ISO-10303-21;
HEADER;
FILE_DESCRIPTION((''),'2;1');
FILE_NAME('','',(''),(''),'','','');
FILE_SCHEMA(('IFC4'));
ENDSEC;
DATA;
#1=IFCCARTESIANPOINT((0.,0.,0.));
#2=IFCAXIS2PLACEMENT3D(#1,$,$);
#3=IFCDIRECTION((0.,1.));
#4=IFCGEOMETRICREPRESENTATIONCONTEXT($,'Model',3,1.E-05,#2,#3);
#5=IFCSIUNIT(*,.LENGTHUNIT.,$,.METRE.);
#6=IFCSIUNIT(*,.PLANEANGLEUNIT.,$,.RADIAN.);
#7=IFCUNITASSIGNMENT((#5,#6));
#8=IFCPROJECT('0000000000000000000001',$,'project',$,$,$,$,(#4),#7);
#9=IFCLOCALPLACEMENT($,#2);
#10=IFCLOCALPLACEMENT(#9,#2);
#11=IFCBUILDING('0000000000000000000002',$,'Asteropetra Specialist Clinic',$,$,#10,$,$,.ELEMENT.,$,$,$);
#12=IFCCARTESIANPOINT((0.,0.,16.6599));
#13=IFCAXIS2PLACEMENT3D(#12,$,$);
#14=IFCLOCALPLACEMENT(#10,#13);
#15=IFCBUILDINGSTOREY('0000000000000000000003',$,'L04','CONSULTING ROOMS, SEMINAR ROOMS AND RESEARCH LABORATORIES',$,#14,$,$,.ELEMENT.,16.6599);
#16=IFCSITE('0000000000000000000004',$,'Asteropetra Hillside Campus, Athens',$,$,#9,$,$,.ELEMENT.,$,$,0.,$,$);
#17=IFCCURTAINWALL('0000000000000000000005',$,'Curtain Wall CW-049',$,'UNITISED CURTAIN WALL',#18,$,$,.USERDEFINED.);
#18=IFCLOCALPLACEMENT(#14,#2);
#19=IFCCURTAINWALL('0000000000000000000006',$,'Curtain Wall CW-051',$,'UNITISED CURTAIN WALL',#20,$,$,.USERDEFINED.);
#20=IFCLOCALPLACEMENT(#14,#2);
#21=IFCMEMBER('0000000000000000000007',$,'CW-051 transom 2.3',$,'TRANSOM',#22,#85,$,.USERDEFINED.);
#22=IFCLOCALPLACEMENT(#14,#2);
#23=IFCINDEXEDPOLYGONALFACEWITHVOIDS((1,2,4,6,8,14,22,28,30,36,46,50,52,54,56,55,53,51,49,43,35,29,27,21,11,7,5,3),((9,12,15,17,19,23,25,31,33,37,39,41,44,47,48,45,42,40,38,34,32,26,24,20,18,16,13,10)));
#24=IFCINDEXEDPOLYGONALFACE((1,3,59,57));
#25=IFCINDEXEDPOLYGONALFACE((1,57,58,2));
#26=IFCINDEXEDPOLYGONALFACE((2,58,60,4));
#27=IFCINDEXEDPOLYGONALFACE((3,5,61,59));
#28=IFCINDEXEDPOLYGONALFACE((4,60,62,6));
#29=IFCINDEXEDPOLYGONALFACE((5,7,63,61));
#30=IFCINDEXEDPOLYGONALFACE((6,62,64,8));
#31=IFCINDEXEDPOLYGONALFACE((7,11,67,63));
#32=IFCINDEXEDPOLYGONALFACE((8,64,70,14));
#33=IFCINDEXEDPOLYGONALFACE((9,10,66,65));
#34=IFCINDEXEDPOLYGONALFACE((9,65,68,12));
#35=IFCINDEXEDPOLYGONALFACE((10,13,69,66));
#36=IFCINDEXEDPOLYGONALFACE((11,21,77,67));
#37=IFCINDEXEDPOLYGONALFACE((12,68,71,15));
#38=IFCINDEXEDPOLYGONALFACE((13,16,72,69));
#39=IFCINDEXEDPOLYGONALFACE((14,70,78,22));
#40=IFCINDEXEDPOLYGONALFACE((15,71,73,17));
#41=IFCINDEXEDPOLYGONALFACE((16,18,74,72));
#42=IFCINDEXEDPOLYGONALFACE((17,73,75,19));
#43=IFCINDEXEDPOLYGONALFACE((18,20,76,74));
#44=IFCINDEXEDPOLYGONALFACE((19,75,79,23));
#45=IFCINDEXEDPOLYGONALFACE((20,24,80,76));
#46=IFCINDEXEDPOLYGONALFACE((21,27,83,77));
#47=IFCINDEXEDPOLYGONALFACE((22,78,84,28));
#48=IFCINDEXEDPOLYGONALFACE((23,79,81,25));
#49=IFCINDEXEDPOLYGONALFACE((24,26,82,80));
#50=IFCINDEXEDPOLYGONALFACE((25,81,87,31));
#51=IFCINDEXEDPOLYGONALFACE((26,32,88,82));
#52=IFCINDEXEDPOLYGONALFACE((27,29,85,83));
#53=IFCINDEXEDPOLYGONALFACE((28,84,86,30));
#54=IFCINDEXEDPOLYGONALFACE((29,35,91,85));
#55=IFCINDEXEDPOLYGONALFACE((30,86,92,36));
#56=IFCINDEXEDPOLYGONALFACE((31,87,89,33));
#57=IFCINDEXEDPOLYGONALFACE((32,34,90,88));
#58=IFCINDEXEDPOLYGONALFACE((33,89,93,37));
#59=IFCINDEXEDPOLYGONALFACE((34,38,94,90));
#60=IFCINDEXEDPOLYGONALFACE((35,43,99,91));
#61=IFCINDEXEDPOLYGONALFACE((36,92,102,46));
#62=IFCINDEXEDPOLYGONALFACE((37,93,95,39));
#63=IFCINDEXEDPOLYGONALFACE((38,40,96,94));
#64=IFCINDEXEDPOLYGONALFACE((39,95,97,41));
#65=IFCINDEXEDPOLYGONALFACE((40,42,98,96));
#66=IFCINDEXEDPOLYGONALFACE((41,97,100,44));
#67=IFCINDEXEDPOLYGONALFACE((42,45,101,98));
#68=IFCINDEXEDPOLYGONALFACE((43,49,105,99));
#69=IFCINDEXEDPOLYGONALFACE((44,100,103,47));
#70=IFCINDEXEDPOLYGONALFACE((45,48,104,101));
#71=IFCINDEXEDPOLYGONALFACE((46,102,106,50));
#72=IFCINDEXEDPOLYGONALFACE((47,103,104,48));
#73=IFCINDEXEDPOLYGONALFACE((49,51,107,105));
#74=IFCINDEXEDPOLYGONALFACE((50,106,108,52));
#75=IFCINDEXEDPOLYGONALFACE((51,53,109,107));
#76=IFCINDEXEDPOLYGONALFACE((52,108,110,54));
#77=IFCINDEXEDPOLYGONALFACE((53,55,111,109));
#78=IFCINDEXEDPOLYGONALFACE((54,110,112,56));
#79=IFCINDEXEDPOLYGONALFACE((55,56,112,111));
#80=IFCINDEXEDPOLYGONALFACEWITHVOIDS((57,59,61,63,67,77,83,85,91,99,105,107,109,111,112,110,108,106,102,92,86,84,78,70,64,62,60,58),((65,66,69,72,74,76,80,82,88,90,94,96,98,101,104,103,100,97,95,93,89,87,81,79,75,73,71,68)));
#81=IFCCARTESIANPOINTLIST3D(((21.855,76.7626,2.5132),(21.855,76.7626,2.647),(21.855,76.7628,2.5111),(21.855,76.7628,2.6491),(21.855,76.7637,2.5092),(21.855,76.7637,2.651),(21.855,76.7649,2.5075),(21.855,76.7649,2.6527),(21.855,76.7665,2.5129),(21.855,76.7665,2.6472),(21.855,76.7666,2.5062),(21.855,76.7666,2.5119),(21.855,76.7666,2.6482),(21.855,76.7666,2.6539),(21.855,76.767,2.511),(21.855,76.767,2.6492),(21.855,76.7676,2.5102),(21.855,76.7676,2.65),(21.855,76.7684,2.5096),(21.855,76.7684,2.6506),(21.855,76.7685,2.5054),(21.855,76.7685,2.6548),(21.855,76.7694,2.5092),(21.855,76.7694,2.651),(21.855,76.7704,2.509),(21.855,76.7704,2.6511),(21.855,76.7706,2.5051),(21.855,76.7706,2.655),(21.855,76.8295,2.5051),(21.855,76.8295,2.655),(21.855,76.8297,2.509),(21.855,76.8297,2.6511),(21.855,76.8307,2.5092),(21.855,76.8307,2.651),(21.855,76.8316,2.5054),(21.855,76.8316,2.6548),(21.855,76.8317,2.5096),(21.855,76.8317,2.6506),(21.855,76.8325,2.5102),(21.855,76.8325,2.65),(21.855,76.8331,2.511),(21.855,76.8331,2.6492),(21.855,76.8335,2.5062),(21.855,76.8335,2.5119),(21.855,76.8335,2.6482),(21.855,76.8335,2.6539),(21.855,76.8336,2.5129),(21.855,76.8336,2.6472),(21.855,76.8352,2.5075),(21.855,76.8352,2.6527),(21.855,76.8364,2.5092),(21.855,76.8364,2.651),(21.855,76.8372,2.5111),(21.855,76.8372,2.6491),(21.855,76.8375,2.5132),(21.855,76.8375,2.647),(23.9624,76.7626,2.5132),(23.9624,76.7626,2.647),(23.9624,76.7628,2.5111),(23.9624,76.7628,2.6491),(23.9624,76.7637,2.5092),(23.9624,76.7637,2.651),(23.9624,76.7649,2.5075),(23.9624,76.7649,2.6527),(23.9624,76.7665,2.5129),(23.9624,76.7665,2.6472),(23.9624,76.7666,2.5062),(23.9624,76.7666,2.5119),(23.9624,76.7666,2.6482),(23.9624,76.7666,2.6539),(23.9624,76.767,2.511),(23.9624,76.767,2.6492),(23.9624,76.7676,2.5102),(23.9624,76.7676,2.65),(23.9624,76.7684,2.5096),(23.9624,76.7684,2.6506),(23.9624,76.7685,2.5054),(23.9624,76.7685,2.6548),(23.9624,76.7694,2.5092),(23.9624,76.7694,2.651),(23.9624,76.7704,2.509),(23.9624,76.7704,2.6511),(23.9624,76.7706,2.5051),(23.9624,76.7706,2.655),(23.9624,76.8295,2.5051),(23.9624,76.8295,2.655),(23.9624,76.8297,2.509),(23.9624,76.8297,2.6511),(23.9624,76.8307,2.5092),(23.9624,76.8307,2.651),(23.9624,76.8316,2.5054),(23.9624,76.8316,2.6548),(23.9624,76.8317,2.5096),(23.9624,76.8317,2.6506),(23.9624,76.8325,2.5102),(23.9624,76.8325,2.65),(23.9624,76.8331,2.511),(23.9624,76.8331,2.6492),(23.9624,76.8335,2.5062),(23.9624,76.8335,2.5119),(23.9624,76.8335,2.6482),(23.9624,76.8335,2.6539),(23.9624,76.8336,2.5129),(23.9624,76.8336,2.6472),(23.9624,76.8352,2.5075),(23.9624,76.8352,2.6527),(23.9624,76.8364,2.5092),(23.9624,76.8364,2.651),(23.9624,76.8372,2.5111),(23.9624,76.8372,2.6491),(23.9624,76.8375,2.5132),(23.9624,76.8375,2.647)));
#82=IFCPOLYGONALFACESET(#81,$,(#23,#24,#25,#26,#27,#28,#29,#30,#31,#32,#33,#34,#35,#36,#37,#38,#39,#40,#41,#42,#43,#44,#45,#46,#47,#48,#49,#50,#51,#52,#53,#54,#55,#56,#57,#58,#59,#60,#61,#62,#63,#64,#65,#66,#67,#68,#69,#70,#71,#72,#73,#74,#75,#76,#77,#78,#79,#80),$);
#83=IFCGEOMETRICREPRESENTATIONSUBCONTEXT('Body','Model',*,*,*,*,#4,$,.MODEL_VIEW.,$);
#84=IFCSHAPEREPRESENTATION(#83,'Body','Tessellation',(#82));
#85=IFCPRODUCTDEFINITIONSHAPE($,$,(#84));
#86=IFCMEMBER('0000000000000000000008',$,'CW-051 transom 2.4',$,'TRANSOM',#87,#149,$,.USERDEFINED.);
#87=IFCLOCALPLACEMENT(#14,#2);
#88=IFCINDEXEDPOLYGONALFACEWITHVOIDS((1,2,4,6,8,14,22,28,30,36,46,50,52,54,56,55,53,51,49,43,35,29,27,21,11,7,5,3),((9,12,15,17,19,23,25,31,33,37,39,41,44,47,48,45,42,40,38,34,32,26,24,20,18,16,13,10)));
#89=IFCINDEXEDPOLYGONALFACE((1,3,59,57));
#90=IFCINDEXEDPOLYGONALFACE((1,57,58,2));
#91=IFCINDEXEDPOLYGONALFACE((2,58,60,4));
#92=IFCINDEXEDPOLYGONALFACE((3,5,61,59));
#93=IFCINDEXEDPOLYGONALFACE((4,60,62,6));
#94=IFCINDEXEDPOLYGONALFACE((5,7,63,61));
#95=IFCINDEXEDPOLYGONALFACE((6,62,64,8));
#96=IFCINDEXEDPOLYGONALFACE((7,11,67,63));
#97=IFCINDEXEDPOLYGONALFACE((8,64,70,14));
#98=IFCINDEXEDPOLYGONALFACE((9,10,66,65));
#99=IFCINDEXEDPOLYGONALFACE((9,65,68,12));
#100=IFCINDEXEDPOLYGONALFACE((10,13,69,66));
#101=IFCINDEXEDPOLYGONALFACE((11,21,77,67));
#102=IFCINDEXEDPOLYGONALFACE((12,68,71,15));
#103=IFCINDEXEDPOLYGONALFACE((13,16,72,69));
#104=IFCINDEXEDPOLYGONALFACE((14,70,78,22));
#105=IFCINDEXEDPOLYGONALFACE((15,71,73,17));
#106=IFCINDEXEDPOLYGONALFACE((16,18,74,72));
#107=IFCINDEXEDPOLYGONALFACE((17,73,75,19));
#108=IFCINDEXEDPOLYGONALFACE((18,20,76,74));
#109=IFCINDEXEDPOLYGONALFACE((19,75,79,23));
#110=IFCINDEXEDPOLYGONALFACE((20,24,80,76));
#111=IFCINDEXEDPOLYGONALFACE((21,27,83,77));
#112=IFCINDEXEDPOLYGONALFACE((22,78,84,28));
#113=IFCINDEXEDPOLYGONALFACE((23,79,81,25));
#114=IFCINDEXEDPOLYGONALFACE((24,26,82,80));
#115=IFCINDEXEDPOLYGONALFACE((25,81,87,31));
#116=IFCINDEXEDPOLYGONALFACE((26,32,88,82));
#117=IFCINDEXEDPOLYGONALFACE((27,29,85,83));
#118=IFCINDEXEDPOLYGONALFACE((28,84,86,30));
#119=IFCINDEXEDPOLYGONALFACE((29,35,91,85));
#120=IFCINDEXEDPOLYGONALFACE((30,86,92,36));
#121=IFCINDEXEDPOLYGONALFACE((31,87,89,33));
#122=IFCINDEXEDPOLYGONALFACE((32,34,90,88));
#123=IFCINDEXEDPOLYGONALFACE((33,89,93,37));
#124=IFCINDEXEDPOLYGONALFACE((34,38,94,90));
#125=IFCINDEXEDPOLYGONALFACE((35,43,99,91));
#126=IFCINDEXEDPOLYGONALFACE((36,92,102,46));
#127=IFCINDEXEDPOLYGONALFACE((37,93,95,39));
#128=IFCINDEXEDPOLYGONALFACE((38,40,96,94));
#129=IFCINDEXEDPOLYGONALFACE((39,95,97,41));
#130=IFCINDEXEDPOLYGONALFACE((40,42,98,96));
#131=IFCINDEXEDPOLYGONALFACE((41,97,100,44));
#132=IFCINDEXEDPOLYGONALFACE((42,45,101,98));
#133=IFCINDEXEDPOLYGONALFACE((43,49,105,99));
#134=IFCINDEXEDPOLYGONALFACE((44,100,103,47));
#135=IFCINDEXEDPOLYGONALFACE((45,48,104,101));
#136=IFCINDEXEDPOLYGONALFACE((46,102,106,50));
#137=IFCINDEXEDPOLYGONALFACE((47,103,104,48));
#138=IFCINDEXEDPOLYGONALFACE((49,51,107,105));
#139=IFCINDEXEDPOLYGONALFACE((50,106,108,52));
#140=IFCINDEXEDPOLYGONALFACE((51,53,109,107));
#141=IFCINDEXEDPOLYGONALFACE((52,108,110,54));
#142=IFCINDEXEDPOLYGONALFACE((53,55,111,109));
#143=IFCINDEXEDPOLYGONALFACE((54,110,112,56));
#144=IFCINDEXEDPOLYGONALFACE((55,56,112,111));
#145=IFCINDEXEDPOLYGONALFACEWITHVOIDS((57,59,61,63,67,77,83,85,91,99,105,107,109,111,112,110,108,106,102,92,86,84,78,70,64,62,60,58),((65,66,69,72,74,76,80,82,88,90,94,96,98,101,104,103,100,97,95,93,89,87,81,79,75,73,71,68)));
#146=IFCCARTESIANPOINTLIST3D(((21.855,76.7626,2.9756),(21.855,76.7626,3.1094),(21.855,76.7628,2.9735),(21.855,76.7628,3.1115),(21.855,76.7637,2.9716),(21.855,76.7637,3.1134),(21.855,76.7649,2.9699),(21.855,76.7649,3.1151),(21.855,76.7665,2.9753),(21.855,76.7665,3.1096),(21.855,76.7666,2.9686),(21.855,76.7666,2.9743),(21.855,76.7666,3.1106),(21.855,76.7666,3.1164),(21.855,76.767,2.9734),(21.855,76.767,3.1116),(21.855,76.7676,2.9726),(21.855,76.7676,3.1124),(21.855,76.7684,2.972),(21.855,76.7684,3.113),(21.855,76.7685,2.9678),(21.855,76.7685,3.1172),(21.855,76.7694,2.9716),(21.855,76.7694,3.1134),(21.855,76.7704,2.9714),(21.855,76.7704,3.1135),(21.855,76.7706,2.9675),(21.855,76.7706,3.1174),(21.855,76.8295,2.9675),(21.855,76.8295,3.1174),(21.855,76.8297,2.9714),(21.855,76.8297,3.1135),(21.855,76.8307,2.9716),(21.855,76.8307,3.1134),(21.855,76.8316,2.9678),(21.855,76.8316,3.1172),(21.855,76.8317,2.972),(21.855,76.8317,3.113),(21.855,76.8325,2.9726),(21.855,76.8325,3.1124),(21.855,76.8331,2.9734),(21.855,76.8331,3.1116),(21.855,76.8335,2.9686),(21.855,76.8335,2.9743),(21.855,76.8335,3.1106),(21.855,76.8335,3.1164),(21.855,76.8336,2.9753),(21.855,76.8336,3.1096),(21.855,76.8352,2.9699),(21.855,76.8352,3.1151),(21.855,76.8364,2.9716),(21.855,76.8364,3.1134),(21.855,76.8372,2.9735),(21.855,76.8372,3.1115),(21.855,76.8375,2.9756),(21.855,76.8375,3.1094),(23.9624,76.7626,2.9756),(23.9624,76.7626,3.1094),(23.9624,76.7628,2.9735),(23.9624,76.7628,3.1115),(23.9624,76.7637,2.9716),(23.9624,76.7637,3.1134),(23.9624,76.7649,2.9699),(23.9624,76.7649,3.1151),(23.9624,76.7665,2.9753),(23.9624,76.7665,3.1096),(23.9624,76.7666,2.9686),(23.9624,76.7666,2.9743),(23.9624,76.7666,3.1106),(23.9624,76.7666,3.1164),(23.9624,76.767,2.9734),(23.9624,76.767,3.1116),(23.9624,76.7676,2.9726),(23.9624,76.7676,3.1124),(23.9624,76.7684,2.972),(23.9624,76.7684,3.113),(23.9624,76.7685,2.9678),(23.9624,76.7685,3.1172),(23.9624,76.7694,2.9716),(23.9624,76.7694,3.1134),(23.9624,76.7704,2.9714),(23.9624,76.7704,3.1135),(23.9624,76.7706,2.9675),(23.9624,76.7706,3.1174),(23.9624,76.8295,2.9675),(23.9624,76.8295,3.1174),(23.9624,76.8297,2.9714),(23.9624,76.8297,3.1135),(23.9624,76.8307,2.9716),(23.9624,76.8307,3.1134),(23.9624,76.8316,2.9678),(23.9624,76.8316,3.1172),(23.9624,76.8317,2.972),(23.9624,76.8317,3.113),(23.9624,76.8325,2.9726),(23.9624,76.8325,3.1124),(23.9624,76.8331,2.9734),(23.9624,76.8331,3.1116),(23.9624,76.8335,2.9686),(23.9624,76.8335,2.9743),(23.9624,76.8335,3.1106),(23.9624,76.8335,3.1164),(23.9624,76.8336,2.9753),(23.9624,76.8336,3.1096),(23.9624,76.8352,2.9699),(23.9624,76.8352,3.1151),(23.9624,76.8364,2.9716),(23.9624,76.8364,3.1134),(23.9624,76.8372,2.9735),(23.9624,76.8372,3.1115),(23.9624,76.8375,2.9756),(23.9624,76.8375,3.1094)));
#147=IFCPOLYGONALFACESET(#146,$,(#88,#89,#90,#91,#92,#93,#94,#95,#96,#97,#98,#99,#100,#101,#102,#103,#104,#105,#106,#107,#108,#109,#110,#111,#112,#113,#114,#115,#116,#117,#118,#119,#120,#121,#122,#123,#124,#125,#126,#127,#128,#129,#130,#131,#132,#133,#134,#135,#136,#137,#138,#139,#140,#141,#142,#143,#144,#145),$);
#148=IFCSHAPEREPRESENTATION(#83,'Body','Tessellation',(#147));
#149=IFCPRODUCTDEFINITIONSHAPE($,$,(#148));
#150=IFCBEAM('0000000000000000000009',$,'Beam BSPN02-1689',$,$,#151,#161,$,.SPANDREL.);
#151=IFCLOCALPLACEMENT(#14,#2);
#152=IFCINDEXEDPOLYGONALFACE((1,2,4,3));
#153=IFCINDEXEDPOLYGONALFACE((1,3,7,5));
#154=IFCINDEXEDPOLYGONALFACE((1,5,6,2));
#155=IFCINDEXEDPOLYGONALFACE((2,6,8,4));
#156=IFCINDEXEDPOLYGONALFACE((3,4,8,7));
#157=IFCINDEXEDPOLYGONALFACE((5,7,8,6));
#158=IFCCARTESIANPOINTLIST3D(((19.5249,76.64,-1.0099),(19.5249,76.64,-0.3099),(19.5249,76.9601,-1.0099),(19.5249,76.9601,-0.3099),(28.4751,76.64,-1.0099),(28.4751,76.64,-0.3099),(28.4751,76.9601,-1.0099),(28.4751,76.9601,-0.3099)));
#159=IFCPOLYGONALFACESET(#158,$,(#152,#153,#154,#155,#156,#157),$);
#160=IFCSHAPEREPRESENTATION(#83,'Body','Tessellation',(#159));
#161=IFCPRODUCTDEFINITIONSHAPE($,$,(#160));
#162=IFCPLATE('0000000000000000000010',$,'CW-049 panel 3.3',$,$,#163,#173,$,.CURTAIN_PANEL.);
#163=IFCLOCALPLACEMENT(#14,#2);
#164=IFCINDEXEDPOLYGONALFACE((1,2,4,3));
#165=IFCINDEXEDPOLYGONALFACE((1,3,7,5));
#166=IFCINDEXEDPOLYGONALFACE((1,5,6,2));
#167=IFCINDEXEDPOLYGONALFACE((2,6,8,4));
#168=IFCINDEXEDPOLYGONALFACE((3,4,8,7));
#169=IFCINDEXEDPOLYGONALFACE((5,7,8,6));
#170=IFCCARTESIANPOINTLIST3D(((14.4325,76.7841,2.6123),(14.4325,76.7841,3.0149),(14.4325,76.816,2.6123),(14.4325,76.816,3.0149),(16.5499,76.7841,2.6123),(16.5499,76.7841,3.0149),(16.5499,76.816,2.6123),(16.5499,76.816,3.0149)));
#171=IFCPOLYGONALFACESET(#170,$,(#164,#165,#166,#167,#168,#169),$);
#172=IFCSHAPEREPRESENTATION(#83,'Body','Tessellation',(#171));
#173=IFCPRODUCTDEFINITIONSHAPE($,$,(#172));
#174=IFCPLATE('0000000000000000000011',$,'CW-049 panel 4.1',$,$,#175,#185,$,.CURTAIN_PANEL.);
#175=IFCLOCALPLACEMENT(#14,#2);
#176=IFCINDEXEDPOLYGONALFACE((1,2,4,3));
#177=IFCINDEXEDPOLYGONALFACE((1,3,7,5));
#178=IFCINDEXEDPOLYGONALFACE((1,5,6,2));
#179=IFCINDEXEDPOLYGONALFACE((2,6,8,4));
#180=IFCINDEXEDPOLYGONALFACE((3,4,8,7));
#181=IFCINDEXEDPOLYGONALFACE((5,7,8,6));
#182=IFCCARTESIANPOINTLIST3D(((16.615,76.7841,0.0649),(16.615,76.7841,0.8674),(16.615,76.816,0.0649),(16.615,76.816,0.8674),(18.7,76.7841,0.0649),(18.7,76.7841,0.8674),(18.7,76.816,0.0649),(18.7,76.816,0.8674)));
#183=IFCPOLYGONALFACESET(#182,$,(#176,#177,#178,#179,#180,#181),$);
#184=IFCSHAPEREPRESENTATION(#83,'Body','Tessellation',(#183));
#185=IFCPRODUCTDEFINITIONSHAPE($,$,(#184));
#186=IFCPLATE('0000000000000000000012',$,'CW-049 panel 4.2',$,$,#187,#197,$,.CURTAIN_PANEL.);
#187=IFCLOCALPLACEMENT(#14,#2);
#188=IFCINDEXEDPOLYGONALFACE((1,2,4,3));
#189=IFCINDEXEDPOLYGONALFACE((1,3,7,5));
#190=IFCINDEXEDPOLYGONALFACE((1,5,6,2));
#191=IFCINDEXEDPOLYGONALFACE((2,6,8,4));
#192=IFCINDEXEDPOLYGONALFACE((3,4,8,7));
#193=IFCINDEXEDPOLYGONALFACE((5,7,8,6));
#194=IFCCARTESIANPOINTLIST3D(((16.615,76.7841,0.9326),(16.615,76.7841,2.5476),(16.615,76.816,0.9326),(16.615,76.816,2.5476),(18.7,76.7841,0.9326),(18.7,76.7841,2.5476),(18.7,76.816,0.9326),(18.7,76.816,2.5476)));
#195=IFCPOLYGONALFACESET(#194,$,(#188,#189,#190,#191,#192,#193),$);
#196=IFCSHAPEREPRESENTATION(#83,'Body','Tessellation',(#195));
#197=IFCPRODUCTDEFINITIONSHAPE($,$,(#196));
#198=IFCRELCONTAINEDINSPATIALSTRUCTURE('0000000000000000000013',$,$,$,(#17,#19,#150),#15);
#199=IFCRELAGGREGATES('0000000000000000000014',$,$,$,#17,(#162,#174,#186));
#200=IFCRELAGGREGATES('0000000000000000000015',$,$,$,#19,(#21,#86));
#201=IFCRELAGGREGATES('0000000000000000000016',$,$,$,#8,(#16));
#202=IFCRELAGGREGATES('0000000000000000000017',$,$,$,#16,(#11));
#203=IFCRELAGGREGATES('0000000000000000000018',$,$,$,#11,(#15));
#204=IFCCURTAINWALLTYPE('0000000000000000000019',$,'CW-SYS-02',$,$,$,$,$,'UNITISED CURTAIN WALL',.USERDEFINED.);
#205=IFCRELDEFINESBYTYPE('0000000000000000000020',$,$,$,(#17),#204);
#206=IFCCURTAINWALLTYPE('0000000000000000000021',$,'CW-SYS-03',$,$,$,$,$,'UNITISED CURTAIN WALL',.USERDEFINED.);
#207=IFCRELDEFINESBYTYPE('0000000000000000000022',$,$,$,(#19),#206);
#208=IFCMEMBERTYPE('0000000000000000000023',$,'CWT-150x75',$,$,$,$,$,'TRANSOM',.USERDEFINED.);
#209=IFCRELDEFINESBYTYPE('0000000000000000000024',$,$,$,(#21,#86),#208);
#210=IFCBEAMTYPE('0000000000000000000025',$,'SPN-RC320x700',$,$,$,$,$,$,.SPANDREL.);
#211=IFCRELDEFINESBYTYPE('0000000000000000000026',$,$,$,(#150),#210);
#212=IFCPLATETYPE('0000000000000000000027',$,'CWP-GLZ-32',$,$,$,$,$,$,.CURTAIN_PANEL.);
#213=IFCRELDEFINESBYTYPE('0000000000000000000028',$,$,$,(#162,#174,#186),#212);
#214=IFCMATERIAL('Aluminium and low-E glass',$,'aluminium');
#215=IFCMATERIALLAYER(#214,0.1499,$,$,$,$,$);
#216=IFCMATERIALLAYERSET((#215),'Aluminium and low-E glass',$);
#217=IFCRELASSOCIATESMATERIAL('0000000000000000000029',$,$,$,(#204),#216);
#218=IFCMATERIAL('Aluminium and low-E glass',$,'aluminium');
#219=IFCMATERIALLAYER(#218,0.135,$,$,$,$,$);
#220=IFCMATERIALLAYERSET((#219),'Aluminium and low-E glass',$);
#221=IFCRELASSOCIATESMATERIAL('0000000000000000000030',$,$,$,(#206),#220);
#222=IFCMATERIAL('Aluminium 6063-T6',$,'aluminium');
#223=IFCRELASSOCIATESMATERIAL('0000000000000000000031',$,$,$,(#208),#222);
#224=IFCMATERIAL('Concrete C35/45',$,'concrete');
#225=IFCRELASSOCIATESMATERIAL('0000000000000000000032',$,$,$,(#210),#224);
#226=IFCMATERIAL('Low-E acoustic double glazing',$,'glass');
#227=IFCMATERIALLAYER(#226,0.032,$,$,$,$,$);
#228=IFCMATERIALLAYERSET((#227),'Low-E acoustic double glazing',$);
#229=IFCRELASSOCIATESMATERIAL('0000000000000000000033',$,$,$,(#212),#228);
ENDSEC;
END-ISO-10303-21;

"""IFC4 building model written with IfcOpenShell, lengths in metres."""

from ifc_helpers import new_model, si_unit, direction, frame, origin, origin_2d, place, context, subcontext, project, spatial, rectangle, hollow_rectangle, extrude, material, layer, layer_set, material_profile, profile_set, type_object, element, aggregate, save


model = new_model("IFC4")

# Units and contexts
model_context = context("Model", 3, precision=1e-05, world=origin(), true_north=direction((0.0, 1.0)))
body_context = subcontext(model_context, "Body", "Model", "MODEL_VIEW")
ifc_project = project(units=[si_unit("LENGTHUNIT", "METRE"), si_unit("PLANEANGLEUNIT", "RADIAN")], contexts=[model_context])

# Site, building, storey
site_placement = place(None, origin())
site = spatial("IfcSite", under=ifc_project, at=site_placement, Name="Asteropetra Hillside Campus, Athens", CompositionType="ELEMENT", RefElevation=0.0)
building_placement = place(site_placement, origin())
building = spatial("IfcBuilding", under=site, at=building_placement, Name="Asteropetra Specialist Clinic", CompositionType="ELEMENT")
storey_placement = place(building_placement, frame((0.0, 0.0, 16.6599)))
storey = spatial("IfcBuildingStorey", under=building, at=storey_placement, Name="L04", Description="CONSULTING ROOMS, SEMINAR ROOMS AND RESEARCH LABORATORIES", CompositionType="ELEMENT", Elevation=16.6599)

# Curtain walls
ifc_material_1 = material(Name="Aluminium and low-E glass", Category="aluminium")
ifc_layer_1 = layer(ifc_material_1, 0.1499)
ifc_layer_set_1 = layer_set([ifc_layer_1], Name="Aluminium and low-E glass")
curtain_wall_type_1 = type_object("IfcCurtainWallType", Name="CW-SYS-02", ElementType="UNITISED CURTAIN WALL", PredefinedType="USERDEFINED", material=ifc_layer_set_1)
curtain_wall_1_placement = place(storey_placement, origin())
curtain_wall_1 = element("IfcCurtainWall", 1, at=curtain_wall_1_placement, inside=storey, type_object=curtain_wall_type_1, Name="Curtain Wall CW-049", ObjectType="UNITISED CURTAIN WALL", PredefinedType="USERDEFINED")
ifc_material_2 = material(Name="Aluminium and low-E glass", Category="aluminium")
ifc_layer_2 = layer(ifc_material_2, 0.135)
ifc_layer_set_2 = layer_set([ifc_layer_2], Name="Aluminium and low-E glass")
curtain_wall_type_2 = type_object("IfcCurtainWallType", Name="CW-SYS-03", ElementType="UNITISED CURTAIN WALL", PredefinedType="USERDEFINED", material=ifc_layer_set_2)
curtain_wall_2_placement = place(storey_placement, origin())
curtain_wall_2 = element("IfcCurtainWall", 2, at=curtain_wall_2_placement, inside=storey, type_object=curtain_wall_type_2, Name="Curtain Wall CW-051", ObjectType="UNITISED CURTAIN WALL", PredefinedType="USERDEFINED")

# Members
ifc_material_3 = material(Name="Aluminium 6063-T6", Category="aluminium")
ifc_material_profile_1 = material_profile(ifc_material_3, hollow_rectangle(XDim=0.075, YDim=0.1499, WallThickness=0.0039, InnerFilletRadius=0.0039, OuterFilletRadius=0.0081, at=origin_2d()), Name="TRN 150x75x4.0")
ifc_profile_set_1 = profile_set([ifc_material_profile_1], Name="Aluminium 6063-T6")
member_type_1 = type_object("IfcMemberType", Name="CWT-150x75", ElementType="TRANSOM", PredefinedType="USERDEFINED", material=ifc_profile_set_1)
member_1_placement = place(storey_placement, frame((21.855, 76.8, 2.5801), z_axis=(1.0, 0.0, 0.0), x_axis=(0.0, 1.0, 0.0)))
member_1 = element("IfcMember", 3, at=member_1_placement, type_object=member_type_1, Name="CW-051 transom 2.3", ObjectType="TRANSOM", PredefinedType="USERDEFINED", context=body_context, shape_type="SweptSolid", body=[
    extrude(hollow_rectangle(XDim=0.075, YDim=0.1499, WallThickness=0.0039, InnerFilletRadius=0.0039, OuterFilletRadius=0.0081, at=origin_2d()), origin(), (0.0, 0.0, 1.0), 2.1074),
])
member_2_placement = place(storey_placement, frame((21.855, 76.8, 3.0425), z_axis=(1.0, 0.0, 0.0), x_axis=(0.0, 1.0, 0.0)))
member_2 = element("IfcMember", 4, at=member_2_placement, type_object=member_type_1, Name="CW-051 transom 2.4", ObjectType="TRANSOM", PredefinedType="USERDEFINED", context=body_context, shape_type="SweptSolid", body=[
    extrude(hollow_rectangle(XDim=0.075, YDim=0.1499, WallThickness=0.0039, InnerFilletRadius=0.0039, OuterFilletRadius=0.0081, at=origin_2d()), origin(), (0.0, 0.0, 1.0), 2.1074),
])

# Beam
ifc_material_4 = material(Name="Concrete C35/45", Category="concrete")
ifc_material_profile_2 = material_profile(ifc_material_4, rectangle(XDim=0.3201, YDim=0.7, at=origin_2d()), Name="RCS 320x700")
ifc_profile_set_2 = profile_set([ifc_material_profile_2], Name="Concrete C35/45")
beam_type = type_object("IfcBeamType", Name="SPN-RC320x700", PredefinedType="SPANDREL", material=ifc_profile_set_2)
beam_placement = place(storey_placement, frame((19.5249, 76.8, -0.6599), z_axis=(1.0, 0.0, 0.0), x_axis=(0.0, 1.0, 0.0)))
element("IfcBeam", 5, at=beam_placement, inside=storey, type_object=beam_type, Name="Beam BSPN02-1689", PredefinedType="SPANDREL", context=body_context, shape_type="SweptSolid", body=[
    extrude(rectangle(XDim=0.3201, YDim=0.7, at=origin_2d()), origin(), (0.0, 0.0, 1.0), 8.9502),
])

# Plates
ifc_material_5 = material(Name="Low-E acoustic double glazing", Category="glass")
ifc_layer_3 = layer(ifc_material_5, 0.032)
ifc_layer_set_3 = layer_set([ifc_layer_3], Name="Low-E acoustic double glazing")
plate_type_1 = type_object("IfcPlateType", Name="CWP-GLZ-32", PredefinedType="CURTAIN_PANEL", material=ifc_layer_set_3)
plate_1_placement = place(storey_placement, frame((15.4912, 76.8, 2.6123), z_axis=(0.0, 0.0, 1.0), x_axis=(1.0, 0.0, 0.0)))
plate_1 = element("IfcPlate", 6, at=plate_1_placement, type_object=plate_type_1, Name="CW-049 panel 3.3", PredefinedType="CURTAIN_PANEL", context=body_context, shape_type="SweptSolid", body=[
    extrude(rectangle(XDim=2.1174, YDim=0.032, at=origin_2d()), origin(), (0.0, 0.0, 1.0), 0.4026),
])
plate_2_placement = place(storey_placement, frame((17.6575, 76.8, 0.0649), z_axis=(0.0, 0.0, 1.0), x_axis=(1.0, 0.0, 0.0)))
plate_2 = element("IfcPlate", 7, at=plate_2_placement, type_object=plate_type_1, Name="CW-049 panel 4.1", PredefinedType="CURTAIN_PANEL", context=body_context, shape_type="SweptSolid", body=[
    extrude(rectangle(XDim=2.085, YDim=0.032, at=origin_2d()), origin(), (0.0, 0.0, 1.0), 0.8025),
])
plate_3_placement = place(storey_placement, frame((17.6575, 76.8, 0.9326), z_axis=(0.0, 0.0, 1.0), x_axis=(1.0, 0.0, 0.0)))
plate_3 = element("IfcPlate", 8, at=plate_3_placement, type_object=plate_type_1, Name="CW-049 panel 4.2", PredefinedType="CURTAIN_PANEL", context=body_context, shape_type="SweptSolid", body=[
    extrude(rectangle(XDim=2.085, YDim=0.032, at=origin_2d()), origin(), (0.0, 0.0, 1.0), 1.615),
])
aggregate(curtain_wall_1, [plate_1, plate_2, plate_3])
aggregate(curtain_wall_2, [member_1, member_2])

save(model, "model.ifc")
